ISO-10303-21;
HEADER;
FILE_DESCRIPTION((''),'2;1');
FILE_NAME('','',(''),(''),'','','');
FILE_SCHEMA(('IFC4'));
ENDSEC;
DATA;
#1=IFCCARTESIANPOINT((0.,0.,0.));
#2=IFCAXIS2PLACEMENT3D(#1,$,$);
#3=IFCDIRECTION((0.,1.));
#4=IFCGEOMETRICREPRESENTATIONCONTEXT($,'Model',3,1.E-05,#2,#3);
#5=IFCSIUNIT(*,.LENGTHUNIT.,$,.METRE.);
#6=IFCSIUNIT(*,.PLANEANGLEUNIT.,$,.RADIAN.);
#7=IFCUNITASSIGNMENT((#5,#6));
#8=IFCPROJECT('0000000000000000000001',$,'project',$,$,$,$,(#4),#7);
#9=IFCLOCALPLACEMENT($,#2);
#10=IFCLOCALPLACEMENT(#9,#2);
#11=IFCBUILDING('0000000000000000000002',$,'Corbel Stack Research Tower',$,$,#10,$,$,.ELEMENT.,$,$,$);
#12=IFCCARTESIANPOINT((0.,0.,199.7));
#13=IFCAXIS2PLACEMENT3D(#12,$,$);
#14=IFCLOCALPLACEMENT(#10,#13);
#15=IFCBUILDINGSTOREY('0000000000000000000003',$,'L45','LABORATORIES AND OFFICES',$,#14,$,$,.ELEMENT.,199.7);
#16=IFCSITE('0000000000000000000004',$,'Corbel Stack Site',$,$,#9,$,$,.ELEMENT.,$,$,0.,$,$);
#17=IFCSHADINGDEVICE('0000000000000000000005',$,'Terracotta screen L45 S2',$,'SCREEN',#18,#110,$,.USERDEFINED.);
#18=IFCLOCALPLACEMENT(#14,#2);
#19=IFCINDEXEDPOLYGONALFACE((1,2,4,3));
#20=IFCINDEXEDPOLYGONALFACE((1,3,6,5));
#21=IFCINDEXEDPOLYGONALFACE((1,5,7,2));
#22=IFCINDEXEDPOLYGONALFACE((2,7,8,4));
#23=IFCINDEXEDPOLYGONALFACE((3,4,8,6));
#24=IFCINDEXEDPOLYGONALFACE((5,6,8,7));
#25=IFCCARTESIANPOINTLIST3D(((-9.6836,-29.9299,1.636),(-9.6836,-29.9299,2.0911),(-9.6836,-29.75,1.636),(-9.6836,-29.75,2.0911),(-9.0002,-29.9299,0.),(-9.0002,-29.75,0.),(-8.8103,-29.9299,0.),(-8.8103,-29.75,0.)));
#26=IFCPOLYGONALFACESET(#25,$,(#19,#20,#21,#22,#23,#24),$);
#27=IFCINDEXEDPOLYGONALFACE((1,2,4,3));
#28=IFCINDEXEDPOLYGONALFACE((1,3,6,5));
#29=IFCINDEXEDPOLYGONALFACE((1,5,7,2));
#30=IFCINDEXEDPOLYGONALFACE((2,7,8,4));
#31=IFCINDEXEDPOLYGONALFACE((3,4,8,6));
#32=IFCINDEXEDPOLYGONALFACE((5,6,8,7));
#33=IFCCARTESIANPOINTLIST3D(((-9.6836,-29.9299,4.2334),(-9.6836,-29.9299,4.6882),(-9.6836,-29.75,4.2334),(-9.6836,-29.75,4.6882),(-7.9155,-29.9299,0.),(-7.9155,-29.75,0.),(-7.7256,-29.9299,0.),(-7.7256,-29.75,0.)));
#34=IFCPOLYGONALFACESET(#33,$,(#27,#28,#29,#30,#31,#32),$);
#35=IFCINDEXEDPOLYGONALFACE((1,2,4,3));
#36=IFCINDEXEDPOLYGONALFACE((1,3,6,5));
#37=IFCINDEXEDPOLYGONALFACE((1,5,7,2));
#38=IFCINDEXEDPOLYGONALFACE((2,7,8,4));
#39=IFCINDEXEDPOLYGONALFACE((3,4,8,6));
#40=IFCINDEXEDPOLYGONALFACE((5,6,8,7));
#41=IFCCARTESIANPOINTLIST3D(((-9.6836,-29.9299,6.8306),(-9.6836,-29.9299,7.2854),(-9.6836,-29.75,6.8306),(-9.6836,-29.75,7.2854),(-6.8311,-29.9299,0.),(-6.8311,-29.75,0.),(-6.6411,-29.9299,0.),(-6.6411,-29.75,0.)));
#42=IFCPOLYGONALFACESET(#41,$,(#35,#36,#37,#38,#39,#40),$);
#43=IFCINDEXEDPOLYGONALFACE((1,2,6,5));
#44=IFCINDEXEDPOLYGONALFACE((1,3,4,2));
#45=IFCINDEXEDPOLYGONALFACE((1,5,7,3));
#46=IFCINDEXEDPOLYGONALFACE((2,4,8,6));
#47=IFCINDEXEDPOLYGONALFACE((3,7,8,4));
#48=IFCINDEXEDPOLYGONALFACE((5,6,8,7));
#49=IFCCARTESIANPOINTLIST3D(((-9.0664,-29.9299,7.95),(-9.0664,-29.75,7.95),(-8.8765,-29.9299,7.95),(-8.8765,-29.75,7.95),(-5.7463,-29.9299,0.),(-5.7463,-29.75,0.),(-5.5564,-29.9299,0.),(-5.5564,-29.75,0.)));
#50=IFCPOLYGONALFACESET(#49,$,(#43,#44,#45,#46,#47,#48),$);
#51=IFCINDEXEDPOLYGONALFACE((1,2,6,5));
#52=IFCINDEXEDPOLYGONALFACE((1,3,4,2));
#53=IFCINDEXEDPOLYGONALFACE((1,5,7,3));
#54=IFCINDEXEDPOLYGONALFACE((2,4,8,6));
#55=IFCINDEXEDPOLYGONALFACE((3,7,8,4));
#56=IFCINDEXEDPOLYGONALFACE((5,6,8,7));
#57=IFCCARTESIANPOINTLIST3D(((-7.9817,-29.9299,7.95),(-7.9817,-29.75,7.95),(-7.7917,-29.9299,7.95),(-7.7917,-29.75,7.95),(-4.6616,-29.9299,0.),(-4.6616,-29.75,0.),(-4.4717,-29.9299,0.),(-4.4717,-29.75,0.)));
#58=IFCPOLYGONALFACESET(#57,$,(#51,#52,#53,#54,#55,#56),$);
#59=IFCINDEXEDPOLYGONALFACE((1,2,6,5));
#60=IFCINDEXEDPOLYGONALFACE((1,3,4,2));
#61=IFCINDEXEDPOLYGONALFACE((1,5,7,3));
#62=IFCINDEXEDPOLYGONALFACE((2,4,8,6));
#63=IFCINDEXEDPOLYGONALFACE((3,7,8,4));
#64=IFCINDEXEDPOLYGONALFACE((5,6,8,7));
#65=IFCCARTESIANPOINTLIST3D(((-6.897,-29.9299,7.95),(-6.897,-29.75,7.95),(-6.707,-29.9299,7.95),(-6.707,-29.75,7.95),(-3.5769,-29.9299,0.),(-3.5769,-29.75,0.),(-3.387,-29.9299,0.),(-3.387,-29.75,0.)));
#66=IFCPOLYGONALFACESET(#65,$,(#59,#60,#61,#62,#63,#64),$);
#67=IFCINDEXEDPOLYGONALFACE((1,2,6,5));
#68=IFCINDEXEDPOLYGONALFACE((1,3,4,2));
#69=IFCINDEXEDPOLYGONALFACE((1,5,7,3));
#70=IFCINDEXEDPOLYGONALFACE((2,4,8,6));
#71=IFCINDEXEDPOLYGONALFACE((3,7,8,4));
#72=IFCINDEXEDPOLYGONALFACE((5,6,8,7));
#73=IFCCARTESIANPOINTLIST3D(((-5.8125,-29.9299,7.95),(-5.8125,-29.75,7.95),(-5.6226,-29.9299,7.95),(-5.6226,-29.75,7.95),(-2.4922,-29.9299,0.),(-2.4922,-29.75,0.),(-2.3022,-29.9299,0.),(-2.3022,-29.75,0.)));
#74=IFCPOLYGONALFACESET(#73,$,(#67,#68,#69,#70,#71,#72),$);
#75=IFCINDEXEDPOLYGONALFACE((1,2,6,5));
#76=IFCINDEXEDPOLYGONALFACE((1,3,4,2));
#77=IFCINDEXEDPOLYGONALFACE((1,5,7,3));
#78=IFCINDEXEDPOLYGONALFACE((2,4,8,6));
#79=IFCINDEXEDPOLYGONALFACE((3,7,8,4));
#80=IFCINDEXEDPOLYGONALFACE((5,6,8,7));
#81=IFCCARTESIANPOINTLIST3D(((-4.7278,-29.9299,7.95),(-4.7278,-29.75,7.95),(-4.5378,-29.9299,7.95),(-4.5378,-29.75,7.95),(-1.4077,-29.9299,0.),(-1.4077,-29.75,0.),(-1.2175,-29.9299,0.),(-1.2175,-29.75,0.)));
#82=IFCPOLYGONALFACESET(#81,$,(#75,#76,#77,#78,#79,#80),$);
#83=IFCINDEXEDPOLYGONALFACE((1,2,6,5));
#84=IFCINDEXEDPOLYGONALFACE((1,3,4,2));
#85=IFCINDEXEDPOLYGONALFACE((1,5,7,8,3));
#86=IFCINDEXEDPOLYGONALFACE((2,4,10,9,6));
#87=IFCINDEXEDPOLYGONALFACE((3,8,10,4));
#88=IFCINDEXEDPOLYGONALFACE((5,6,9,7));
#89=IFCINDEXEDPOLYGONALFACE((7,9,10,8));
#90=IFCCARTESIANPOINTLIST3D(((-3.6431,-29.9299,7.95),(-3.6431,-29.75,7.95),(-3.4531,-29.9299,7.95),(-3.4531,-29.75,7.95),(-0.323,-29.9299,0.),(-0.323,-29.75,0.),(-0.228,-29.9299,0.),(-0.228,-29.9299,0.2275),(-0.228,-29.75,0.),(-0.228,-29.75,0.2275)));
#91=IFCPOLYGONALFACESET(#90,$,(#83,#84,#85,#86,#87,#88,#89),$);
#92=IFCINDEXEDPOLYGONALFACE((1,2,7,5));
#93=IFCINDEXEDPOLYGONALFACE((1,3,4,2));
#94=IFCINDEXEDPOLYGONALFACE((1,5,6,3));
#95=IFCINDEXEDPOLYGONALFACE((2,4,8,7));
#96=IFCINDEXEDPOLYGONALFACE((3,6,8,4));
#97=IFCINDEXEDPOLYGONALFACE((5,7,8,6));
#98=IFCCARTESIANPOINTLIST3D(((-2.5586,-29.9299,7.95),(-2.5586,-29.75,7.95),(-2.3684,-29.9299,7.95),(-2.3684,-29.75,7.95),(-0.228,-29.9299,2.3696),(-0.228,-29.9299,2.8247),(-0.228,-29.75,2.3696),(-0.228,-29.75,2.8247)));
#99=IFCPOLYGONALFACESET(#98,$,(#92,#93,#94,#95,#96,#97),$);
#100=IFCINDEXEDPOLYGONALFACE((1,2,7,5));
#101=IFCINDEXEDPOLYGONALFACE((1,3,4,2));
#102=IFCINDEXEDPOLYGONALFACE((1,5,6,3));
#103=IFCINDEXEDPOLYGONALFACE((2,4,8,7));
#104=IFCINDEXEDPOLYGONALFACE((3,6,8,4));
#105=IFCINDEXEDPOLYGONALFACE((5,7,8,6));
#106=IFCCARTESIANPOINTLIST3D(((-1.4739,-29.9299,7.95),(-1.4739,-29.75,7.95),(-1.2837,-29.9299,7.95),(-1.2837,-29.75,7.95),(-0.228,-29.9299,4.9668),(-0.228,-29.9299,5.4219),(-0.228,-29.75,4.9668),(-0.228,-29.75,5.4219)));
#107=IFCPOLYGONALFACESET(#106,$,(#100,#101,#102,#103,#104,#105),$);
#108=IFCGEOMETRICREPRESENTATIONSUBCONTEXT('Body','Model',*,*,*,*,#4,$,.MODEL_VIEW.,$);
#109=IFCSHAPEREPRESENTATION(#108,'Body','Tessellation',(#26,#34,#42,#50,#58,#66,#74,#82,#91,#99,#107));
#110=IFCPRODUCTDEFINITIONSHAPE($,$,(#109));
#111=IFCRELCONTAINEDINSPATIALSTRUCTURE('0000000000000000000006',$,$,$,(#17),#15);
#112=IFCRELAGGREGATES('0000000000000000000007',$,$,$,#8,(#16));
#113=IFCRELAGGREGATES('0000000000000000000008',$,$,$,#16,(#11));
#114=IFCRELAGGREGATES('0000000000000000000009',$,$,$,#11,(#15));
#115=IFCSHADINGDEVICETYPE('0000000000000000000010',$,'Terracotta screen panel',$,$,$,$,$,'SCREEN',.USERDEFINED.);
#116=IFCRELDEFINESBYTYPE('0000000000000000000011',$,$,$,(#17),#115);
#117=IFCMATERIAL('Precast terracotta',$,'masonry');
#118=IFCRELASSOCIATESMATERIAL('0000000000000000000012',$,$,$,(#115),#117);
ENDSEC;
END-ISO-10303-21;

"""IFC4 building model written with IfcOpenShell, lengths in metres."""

from ifc_helpers import new_model, si_unit, direction, frame, origin, place, context, subcontext, project, spatial, polyline, outline, extrude, source, transform, mapped, material, type_object, element, save


model = new_model("IFC4")

# Units and contexts
model_context = context("Model", 3, precision=1e-05, world=origin(), true_north=direction((0.0, 1.0)))
body_context = subcontext(model_context, "Body", "Model", "MODEL_VIEW")
ifc_project = project(units=[si_unit("LENGTHUNIT", "METRE"), si_unit("PLANEANGLEUNIT", "RADIAN")], contexts=[model_context])

# Site, building, storey
site_placement = place(None, origin())
site = spatial("IfcSite", under=ifc_project, at=site_placement, Name="Corbel Stack Site", CompositionType="ELEMENT", RefElevation=0.0)
building_placement = place(site_placement, origin())
building = spatial("IfcBuilding", under=site, at=building_placement, Name="Corbel Stack Research Tower", CompositionType="ELEMENT")
storey_placement = place(building_placement, frame((0.0, 0.0, 199.7)))
storey = spatial("IfcBuildingStorey", under=building, at=storey_placement, Name="L45", Description="LABORATORIES AND OFFICES", CompositionType="ELEMENT", Elevation=199.7)

# Shading device
ifc_material_1 = material(Name="Precast terracotta", Category="masonry")
shading_device_type = type_object("IfcShadingDeviceType", Name="Terracotta screen panel", ElementType="SCREEN", PredefinedType="USERDEFINED", material=ifc_material_1)
shared_shape_1 = source(origin(), body_context, "Body", "SweptSolid", [
    extrude(outline(polyline([(0.8733, 0.0), (0.0, 2.0911), (0.0, 1.636), (0.6833, 0.0), (0.8733, 0.0)])), frame((0.0, 0.0, 0.0), z_axis=(0.0, -1.0, 0.0), x_axis=(1.0, 0.0, 0.0)), (0.0, 0.0, 1.0), 0.1799),
    extrude(outline(polyline([(1.958, 0.0), (0.0, 4.6882), (0.0, 4.2334), (1.7681, 0.0), (1.958, 0.0)])), frame((0.0, 0.0, 0.0), z_axis=(0.0, -1.0, 0.0), x_axis=(1.0, 0.0, 0.0)), (0.0, 0.0, 1.0), 0.1799),
    extrude(outline(polyline([(3.0425, 0.0), (0.0, 7.2854), (0.0, 6.8306), (2.8525, 0.0), (3.0425, 0.0)])), frame((0.0, 0.0, 0.0), z_axis=(0.0, -1.0, 0.0), x_axis=(1.0, 0.0, 0.0)), (0.0, 0.0, 1.0), 0.1799),
    extrude(outline(polyline([(4.1272, 0.0), (0.8071, 7.95), (0.6172, 7.95), (3.9373, 0.0), (4.1272, 0.0)])), frame((0.0, 0.0, 0.0), z_axis=(0.0, -1.0, 0.0), x_axis=(1.0, 0.0, 0.0)), (0.0, 0.0, 1.0), 0.1799),
    extrude(outline(polyline([(5.2119, 0.0), (1.8918, 7.95), (1.7019, 7.95), (5.022, 0.0), (5.2119, 0.0)])), frame((0.0, 0.0, 0.0), z_axis=(0.0, -1.0, 0.0), x_axis=(1.0, 0.0, 0.0)), (0.0, 0.0, 1.0), 0.1799),
    extrude(outline(polyline([(6.2966, 0.0), (2.9766, 7.95), (2.7866, 7.95), (6.1067, 0.0), (6.2966, 0.0)])), frame((0.0, 0.0, 0.0), z_axis=(0.0, -1.0, 0.0), x_axis=(1.0, 0.0, 0.0)), (0.0, 0.0, 1.0), 0.1799),
    extrude(outline(polyline([(7.3813, 0.0), (4.061, 7.95), (3.8711, 7.95), (7.1914, 0.0), (7.3813, 0.0)])), frame((0.0, 0.0, 0.0), z_axis=(0.0, -1.0, 0.0), x_axis=(1.0, 0.0, 0.0)), (0.0, 0.0, 1.0), 0.1799),
    extrude(outline(polyline([(8.4661, 0.0), (5.1458, 7.95), (4.9558, 7.95), (8.2759, 0.0), (8.4661, 0.0)])), frame((0.0, 0.0, 0.0), z_axis=(0.0, -1.0, 0.0), x_axis=(1.0, 0.0, 0.0)), (0.0, 0.0, 1.0), 0.1799),
    extrude(outline(polyline([(9.4556, 0.0), (9.4556, 0.2275), (6.2305, 7.95), (6.0405, 7.95), (9.3606, 0.0), (9.4556, 0.0)])), frame((0.0, 0.0, 0.0), z_axis=(0.0, -1.0, 0.0), x_axis=(1.0, 0.0, 0.0)), (0.0, 0.0, 1.0), 0.1799),
    extrude(outline(polyline([(7.3152, 7.95), (7.125, 7.95), (9.4556, 2.3696), (9.4556, 2.8247), (7.3152, 7.95)])), frame((0.0, 0.0, 0.0), z_axis=(0.0, -1.0, 0.0), x_axis=(1.0, 0.0, 0.0)), (0.0, 0.0, 1.0), 0.1799),
    extrude(outline(polyline([(8.3999, 7.95), (8.2097, 7.95), (9.4556, 4.9668), (9.4556, 5.4219), (8.3999, 7.95)])), frame((0.0, 0.0, 0.0), z_axis=(0.0, -1.0, 0.0), x_axis=(1.0, 0.0, 0.0)), (0.0, 0.0, 1.0), 0.1799),
])
shading_device_1_placement = place(storey_placement, frame((-9.6836, -29.75, 0.0), z_axis=(0.0, 0.0, 1.0), x_axis=(1.0, 0.0, 0.0)))
element("IfcShadingDevice", 1, at=shading_device_1_placement, inside=storey, type_object=shading_device_type, Name="Terracotta screen L45 S2", ObjectType="SCREEN", PredefinedType="USERDEFINED", context=body_context, shape_type="MappedRepresentation", body=[
    mapped(shared_shape_1, transform((0.0, 0.0, 0.0))),
])

save(model, "model.ifc")
